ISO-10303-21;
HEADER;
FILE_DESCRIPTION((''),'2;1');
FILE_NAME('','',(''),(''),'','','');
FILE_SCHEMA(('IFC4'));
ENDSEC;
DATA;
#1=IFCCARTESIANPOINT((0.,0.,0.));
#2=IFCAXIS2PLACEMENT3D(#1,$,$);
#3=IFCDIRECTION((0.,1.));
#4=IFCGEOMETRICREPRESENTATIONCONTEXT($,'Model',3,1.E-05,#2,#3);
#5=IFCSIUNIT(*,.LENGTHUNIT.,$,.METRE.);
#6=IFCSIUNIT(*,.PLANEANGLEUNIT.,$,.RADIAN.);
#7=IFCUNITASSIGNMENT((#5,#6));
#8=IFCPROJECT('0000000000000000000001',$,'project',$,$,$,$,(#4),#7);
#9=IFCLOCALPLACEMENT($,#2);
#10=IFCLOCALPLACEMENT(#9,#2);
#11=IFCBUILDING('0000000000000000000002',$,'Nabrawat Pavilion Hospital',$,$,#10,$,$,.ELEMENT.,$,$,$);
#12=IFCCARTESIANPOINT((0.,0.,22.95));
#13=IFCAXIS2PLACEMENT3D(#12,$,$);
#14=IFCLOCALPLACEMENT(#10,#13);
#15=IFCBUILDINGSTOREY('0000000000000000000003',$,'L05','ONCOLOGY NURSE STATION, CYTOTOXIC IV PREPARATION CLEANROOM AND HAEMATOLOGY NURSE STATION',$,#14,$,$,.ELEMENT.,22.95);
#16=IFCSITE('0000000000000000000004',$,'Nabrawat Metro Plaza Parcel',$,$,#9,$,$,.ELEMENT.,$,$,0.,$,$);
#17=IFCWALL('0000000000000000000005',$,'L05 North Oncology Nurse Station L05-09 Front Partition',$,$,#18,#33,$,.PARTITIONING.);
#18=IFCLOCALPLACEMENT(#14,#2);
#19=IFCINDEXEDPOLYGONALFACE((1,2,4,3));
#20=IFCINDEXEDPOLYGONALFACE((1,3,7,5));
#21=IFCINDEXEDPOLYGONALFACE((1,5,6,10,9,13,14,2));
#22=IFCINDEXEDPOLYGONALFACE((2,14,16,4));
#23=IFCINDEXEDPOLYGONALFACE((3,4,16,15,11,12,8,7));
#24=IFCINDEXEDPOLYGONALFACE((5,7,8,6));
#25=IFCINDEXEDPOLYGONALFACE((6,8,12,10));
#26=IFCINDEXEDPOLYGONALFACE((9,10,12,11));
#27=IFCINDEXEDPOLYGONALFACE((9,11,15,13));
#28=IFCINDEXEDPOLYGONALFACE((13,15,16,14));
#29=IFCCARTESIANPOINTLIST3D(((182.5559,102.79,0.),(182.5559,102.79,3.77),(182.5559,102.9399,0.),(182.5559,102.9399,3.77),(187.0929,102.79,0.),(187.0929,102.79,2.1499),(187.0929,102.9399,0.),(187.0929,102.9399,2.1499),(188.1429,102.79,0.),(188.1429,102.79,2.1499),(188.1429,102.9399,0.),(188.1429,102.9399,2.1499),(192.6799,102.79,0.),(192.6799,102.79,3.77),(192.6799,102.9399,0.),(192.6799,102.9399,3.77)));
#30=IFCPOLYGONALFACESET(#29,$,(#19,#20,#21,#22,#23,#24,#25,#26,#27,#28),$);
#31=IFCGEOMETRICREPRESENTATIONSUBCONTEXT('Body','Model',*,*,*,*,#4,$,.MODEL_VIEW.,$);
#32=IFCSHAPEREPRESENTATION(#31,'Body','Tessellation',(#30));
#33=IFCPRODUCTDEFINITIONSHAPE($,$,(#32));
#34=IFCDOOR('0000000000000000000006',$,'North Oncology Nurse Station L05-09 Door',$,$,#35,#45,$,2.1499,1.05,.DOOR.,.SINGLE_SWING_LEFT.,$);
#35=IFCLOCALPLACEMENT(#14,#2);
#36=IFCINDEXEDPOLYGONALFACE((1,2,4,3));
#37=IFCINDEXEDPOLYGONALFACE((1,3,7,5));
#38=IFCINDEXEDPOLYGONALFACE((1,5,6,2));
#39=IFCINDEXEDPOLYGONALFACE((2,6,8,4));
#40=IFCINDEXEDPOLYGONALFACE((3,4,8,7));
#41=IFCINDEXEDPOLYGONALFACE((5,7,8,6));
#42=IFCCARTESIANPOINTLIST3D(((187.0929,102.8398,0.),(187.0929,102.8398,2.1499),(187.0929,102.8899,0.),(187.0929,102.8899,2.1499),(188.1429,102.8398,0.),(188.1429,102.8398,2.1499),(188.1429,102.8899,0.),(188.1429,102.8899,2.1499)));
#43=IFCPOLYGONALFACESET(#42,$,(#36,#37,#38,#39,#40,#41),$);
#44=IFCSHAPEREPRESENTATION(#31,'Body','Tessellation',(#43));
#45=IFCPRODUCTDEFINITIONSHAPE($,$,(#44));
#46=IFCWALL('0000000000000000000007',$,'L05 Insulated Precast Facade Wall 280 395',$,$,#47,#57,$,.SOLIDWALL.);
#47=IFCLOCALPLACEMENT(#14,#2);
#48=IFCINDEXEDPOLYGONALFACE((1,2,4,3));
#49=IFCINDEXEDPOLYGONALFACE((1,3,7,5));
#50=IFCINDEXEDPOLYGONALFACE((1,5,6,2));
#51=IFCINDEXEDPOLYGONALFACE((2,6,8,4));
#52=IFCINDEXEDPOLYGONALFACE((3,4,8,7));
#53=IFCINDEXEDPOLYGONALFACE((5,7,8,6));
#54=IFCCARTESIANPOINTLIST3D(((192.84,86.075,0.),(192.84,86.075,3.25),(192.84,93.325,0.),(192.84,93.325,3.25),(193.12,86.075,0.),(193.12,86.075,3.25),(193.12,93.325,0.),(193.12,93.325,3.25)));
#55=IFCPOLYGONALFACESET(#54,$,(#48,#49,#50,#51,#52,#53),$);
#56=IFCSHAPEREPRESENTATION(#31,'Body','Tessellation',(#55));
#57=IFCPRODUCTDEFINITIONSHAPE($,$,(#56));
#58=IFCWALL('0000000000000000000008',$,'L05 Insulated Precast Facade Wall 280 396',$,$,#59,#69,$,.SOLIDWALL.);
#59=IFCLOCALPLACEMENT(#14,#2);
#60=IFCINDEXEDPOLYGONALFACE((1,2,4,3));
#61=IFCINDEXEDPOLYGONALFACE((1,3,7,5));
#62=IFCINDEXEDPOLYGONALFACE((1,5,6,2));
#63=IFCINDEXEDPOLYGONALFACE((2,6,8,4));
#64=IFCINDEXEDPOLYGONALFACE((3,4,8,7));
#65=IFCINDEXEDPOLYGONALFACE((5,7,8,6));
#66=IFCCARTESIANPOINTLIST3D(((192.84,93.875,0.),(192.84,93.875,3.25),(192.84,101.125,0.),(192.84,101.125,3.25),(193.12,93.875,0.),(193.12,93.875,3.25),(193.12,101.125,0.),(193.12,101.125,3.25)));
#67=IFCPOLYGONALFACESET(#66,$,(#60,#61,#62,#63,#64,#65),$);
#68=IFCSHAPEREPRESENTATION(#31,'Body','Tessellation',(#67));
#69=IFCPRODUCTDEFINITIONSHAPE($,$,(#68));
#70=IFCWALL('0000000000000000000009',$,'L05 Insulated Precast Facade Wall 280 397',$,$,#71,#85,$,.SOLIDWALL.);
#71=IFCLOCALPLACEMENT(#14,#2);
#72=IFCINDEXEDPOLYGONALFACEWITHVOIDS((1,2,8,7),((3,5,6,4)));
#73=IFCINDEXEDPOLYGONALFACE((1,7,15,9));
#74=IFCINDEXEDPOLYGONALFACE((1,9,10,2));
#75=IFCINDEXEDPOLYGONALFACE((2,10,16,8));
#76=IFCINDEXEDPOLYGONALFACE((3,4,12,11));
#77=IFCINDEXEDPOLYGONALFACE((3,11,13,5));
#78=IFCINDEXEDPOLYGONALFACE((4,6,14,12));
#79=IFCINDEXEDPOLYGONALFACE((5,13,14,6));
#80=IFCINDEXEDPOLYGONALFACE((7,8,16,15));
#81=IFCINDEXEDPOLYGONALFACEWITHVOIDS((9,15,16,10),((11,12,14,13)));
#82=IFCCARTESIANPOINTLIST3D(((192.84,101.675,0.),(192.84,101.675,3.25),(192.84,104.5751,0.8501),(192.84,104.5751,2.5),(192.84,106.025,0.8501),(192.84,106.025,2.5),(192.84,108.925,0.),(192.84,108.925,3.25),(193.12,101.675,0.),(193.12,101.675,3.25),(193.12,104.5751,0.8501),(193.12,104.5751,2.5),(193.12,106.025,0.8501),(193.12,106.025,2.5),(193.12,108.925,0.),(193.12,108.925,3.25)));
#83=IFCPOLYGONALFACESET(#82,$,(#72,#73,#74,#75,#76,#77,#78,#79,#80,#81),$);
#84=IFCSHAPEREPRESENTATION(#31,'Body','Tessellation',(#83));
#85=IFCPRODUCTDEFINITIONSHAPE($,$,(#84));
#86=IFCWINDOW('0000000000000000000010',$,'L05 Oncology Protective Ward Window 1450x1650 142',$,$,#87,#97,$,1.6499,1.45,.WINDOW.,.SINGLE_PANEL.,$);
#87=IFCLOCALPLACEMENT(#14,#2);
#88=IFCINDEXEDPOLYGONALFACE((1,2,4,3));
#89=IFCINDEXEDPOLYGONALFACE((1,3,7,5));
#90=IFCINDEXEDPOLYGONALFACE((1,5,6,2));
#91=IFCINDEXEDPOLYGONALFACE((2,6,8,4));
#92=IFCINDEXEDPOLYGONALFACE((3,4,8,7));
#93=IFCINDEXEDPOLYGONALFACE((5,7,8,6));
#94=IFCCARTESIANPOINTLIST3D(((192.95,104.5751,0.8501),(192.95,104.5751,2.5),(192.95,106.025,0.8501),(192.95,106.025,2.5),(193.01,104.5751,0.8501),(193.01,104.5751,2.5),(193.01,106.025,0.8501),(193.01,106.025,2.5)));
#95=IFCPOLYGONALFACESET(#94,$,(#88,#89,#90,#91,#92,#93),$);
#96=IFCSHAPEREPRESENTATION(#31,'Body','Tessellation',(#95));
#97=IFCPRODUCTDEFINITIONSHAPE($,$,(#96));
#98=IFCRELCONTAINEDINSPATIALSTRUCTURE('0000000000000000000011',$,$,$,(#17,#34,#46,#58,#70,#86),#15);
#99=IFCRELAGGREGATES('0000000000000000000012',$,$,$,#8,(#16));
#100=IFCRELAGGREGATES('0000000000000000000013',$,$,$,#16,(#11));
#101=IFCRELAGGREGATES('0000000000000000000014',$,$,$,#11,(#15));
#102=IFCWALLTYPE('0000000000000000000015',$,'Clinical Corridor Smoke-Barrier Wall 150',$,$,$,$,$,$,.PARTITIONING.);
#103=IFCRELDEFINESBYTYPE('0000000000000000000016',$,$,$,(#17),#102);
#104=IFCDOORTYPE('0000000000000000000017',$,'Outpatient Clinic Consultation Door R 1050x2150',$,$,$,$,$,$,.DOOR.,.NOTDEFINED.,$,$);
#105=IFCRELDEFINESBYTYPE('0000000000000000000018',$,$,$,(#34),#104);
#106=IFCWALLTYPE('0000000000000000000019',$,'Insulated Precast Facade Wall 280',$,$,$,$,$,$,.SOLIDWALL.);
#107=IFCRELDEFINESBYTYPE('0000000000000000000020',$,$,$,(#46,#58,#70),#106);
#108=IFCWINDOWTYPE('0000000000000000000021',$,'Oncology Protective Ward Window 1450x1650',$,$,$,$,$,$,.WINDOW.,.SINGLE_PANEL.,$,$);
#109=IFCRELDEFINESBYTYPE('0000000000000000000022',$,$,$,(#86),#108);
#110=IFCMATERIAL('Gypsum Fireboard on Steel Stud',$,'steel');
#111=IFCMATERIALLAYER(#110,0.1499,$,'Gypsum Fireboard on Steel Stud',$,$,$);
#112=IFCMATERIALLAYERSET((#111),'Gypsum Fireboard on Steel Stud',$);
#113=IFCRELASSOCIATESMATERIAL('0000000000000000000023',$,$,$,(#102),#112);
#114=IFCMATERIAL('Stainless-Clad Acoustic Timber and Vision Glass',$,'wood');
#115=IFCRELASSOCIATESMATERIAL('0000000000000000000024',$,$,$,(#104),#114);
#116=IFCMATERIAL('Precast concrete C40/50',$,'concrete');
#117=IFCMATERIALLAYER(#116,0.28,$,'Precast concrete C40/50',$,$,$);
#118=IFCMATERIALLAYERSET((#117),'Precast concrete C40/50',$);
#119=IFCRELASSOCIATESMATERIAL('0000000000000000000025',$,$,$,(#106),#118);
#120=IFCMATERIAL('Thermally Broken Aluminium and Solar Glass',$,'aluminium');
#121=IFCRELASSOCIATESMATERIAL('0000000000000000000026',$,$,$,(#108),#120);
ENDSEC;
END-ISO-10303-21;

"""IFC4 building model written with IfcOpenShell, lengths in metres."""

from ifc_helpers import new_model, si_unit, direction, frame, frame_2d, origin, place, context, subcontext, project, spatial, rectangle, extrude, material, layer, layer_set, type_object, element, fill, save


model = new_model("IFC4")

# Units and contexts
model_context = context("Model", 3, precision=1e-05, world=origin(), true_north=direction((0.0, 1.0)))
body_context = subcontext(model_context, "Body", "Model", "MODEL_VIEW")
ifc_project = project(units=[si_unit("LENGTHUNIT", "METRE"), si_unit("PLANEANGLEUNIT", "RADIAN")], contexts=[model_context])

# Site, building, storey
site_placement = place(None, origin())
site = spatial("IfcSite", under=ifc_project, at=site_placement, Name="Nabrawat Metro Plaza Parcel", CompositionType="ELEMENT", RefElevation=0.0)
building_placement = place(site_placement, origin())
building = spatial("IfcBuilding", under=site, at=building_placement, Name="Nabrawat Pavilion Hospital", CompositionType="ELEMENT")
storey_placement = place(building_placement, frame((0.0, 0.0, 22.95)))
storey = spatial("IfcBuildingStorey", under=building, at=storey_placement, Name="L05", Description="ONCOLOGY NURSE STATION, CYTOTOXIC IV PREPARATION CLEANROOM AND HAEMATOLOGY NURSE STATION", CompositionType="ELEMENT", Elevation=22.95)

# Wall, opening, door
ifc_material_1 = material(Name="Gypsum Fireboard on Steel Stud", Category="steel")
ifc_layer_1 = layer(ifc_material_1, 0.1499, Name="Gypsum Fireboard on Steel Stud")
ifc_layer_set_1 = layer_set([ifc_layer_1], Name="Gypsum Fireboard on Steel Stud")
wall_type_1 = type_object("IfcWallType", Name="Clinical Corridor Smoke-Barrier Wall 150", PredefinedType="PARTITIONING", material=ifc_layer_set_1)
ifc_material_2 = material(Name="Stainless-Clad Acoustic Timber and Vision Glass", Category="wood")
wall_1_placement = place(storey_placement, frame((182.5559, 102.865, 0.0), z_axis=(0.0, 0.0, 1.0), x_axis=(1.0, 0.0, 0.0)))
wall_1 = element("IfcWall", 1, at=wall_1_placement, inside=storey, type_object=wall_type_1, Name="L05 North Oncology Nurse Station L05-09 Front Partition", PredefinedType="PARTITIONING", context=body_context, shape_type="SweptSolid", body=[
    extrude(rectangle(XDim=10.124, YDim=0.1499, at=frame_2d((5.062, 0.0))), origin(), (0.0, 0.0, 1.0), 3.77),
])
opening_1_placement = place(wall_1_placement, frame((4.5371, 0.0, 0.0)))
opening_1 = element("IfcOpeningElement", 2, at=opening_1_placement, cuts=wall_1, PredefinedType="OPENING", context=body_context, shape_type="SweptSolid", body=[
    extrude(rectangle(XDim=1.05, YDim=2.1499, at=frame_2d((0.5249, 1.075))), frame((0.0, 0.085, 0.0), z_axis=(0.0, -1.0, 0.0), x_axis=(1.0, 0.0, 0.0)), (0.0, 0.0, 1.0), 0.1699),
])
door_type_1 = type_object("IfcDoorType", Name="Outpatient Clinic Consultation Door R 1050x2150", OperationType="NOTDEFINED", PredefinedType="DOOR", material=ifc_material_2)
door_1_placement = place(opening_1_placement, origin())
door_1 = element("IfcDoor", 3, at=door_1_placement, inside=storey, type_object=door_type_1, Name="North Oncology Nurse Station L05-09 Door", OperationType="SINGLE_SWING_LEFT", OverallHeight=2.1499, OverallWidth=1.05, PredefinedType="DOOR", context=body_context, shape_type="SweptSolid", body=[
    extrude(rectangle(XDim=1.05, YDim=2.1499, at=frame_2d((0.5249, 1.075))), frame((0.0, 0.0249, 0.0), z_axis=(0.0, -1.0, 0.0), x_axis=(1.0, 0.0, 0.0)), (0.0, 0.0, 1.0), 0.05),
])
fill(opening_1, door_1)

# Walls
ifc_material_3 = material(Name="Precast concrete C40/50", Category="concrete")
ifc_layer_2 = layer(ifc_material_3, 0.28, Name="Precast concrete C40/50")
ifc_layer_set_2 = layer_set([ifc_layer_2], Name="Precast concrete C40/50")
wall_type_2 = type_object("IfcWallType", Name="Insulated Precast Facade Wall 280", PredefinedType="SOLIDWALL", material=ifc_layer_set_2)
for number, where, z_axis, x_axis, name in (
    (4, (192.98, 86.075, 0.0), (0.0, 0.0, 1.0), (0.0, 1.0, 0.0), "L05 Insulated Precast Facade Wall 280 395"),
    (5, (192.98, 93.875, 0.0), (0.0, 0.0, 1.0), (0.0, 1.0, 0.0), "L05 Insulated Precast Facade Wall 280 396"),
):
    element("IfcWall", number, at=place(storey_placement, frame(where, z_axis=z_axis, x_axis=x_axis)), inside=storey, type_object=wall_type_2, Name=name, PredefinedType="SOLIDWALL", context=body_context, shape_type="SweptSolid", body=[
        extrude(rectangle(XDim=7.25, YDim=0.28, at=frame_2d((3.625, 0.0))), origin(), (0.0, 0.0, 1.0), 3.25),
    ])

# Wall, opening, window
wall_2_placement = place(storey_placement, frame((192.98, 101.675, 0.0), z_axis=(0.0, 0.0, 1.0), x_axis=(0.0, 1.0, 0.0)))
wall_2 = element("IfcWall", 6, at=wall_2_placement, inside=storey, type_object=wall_type_2, Name="L05 Insulated Precast Facade Wall 280 397", PredefinedType="SOLIDWALL", context=body_context, shape_type="SweptSolid", body=[
    extrude(rectangle(XDim=7.25, YDim=0.28, at=frame_2d((3.625, 0.0))), origin(), (0.0, 0.0, 1.0), 3.25),
])
opening_2_placement = place(wall_2_placement, frame((2.8999, 0.0, 0.8501)))
opening_2 = element("IfcOpeningElement", 7, at=opening_2_placement, cuts=wall_2, PredefinedType="OPENING", context=body_context, shape_type="SweptSolid", body=[
    extrude(rectangle(XDim=1.45, YDim=1.6499, at=frame_2d((0.7251, 0.825))), frame((0.0, 0.1499, 0.0), z_axis=(0.0, -1.0, 0.0), x_axis=(1.0, 0.0, 0.0)), (0.0, 0.0, 1.0), 0.3),
])
ifc_material_4 = material(Name="Thermally Broken Aluminium and Solar Glass", Category="aluminium")
window_type = type_object("IfcWindowType", Name="Oncology Protective Ward Window 1450x1650", PartitioningType="SINGLE_PANEL", PredefinedType="WINDOW", material=ifc_material_4)
window_placement = place(opening_2_placement, origin())
window = element("IfcWindow", 8, at=window_placement, inside=storey, type_object=window_type, Name="L05 Oncology Protective Ward Window 1450x1650 142", OverallHeight=1.6499, OverallWidth=1.45, PartitioningType="SINGLE_PANEL", PredefinedType="WINDOW", context=body_context, shape_type="SweptSolid", body=[
    extrude(rectangle(XDim=1.45, YDim=1.6499, at=frame_2d((0.7251, 0.825))), frame((0.0, 0.03, 0.0), z_axis=(0.0, -1.0, 0.0), x_axis=(1.0, 0.0, 0.0)), (0.0, 0.0, 1.0), 0.0601),
])
fill(opening_2, window)

save(model, "model.ifc")
